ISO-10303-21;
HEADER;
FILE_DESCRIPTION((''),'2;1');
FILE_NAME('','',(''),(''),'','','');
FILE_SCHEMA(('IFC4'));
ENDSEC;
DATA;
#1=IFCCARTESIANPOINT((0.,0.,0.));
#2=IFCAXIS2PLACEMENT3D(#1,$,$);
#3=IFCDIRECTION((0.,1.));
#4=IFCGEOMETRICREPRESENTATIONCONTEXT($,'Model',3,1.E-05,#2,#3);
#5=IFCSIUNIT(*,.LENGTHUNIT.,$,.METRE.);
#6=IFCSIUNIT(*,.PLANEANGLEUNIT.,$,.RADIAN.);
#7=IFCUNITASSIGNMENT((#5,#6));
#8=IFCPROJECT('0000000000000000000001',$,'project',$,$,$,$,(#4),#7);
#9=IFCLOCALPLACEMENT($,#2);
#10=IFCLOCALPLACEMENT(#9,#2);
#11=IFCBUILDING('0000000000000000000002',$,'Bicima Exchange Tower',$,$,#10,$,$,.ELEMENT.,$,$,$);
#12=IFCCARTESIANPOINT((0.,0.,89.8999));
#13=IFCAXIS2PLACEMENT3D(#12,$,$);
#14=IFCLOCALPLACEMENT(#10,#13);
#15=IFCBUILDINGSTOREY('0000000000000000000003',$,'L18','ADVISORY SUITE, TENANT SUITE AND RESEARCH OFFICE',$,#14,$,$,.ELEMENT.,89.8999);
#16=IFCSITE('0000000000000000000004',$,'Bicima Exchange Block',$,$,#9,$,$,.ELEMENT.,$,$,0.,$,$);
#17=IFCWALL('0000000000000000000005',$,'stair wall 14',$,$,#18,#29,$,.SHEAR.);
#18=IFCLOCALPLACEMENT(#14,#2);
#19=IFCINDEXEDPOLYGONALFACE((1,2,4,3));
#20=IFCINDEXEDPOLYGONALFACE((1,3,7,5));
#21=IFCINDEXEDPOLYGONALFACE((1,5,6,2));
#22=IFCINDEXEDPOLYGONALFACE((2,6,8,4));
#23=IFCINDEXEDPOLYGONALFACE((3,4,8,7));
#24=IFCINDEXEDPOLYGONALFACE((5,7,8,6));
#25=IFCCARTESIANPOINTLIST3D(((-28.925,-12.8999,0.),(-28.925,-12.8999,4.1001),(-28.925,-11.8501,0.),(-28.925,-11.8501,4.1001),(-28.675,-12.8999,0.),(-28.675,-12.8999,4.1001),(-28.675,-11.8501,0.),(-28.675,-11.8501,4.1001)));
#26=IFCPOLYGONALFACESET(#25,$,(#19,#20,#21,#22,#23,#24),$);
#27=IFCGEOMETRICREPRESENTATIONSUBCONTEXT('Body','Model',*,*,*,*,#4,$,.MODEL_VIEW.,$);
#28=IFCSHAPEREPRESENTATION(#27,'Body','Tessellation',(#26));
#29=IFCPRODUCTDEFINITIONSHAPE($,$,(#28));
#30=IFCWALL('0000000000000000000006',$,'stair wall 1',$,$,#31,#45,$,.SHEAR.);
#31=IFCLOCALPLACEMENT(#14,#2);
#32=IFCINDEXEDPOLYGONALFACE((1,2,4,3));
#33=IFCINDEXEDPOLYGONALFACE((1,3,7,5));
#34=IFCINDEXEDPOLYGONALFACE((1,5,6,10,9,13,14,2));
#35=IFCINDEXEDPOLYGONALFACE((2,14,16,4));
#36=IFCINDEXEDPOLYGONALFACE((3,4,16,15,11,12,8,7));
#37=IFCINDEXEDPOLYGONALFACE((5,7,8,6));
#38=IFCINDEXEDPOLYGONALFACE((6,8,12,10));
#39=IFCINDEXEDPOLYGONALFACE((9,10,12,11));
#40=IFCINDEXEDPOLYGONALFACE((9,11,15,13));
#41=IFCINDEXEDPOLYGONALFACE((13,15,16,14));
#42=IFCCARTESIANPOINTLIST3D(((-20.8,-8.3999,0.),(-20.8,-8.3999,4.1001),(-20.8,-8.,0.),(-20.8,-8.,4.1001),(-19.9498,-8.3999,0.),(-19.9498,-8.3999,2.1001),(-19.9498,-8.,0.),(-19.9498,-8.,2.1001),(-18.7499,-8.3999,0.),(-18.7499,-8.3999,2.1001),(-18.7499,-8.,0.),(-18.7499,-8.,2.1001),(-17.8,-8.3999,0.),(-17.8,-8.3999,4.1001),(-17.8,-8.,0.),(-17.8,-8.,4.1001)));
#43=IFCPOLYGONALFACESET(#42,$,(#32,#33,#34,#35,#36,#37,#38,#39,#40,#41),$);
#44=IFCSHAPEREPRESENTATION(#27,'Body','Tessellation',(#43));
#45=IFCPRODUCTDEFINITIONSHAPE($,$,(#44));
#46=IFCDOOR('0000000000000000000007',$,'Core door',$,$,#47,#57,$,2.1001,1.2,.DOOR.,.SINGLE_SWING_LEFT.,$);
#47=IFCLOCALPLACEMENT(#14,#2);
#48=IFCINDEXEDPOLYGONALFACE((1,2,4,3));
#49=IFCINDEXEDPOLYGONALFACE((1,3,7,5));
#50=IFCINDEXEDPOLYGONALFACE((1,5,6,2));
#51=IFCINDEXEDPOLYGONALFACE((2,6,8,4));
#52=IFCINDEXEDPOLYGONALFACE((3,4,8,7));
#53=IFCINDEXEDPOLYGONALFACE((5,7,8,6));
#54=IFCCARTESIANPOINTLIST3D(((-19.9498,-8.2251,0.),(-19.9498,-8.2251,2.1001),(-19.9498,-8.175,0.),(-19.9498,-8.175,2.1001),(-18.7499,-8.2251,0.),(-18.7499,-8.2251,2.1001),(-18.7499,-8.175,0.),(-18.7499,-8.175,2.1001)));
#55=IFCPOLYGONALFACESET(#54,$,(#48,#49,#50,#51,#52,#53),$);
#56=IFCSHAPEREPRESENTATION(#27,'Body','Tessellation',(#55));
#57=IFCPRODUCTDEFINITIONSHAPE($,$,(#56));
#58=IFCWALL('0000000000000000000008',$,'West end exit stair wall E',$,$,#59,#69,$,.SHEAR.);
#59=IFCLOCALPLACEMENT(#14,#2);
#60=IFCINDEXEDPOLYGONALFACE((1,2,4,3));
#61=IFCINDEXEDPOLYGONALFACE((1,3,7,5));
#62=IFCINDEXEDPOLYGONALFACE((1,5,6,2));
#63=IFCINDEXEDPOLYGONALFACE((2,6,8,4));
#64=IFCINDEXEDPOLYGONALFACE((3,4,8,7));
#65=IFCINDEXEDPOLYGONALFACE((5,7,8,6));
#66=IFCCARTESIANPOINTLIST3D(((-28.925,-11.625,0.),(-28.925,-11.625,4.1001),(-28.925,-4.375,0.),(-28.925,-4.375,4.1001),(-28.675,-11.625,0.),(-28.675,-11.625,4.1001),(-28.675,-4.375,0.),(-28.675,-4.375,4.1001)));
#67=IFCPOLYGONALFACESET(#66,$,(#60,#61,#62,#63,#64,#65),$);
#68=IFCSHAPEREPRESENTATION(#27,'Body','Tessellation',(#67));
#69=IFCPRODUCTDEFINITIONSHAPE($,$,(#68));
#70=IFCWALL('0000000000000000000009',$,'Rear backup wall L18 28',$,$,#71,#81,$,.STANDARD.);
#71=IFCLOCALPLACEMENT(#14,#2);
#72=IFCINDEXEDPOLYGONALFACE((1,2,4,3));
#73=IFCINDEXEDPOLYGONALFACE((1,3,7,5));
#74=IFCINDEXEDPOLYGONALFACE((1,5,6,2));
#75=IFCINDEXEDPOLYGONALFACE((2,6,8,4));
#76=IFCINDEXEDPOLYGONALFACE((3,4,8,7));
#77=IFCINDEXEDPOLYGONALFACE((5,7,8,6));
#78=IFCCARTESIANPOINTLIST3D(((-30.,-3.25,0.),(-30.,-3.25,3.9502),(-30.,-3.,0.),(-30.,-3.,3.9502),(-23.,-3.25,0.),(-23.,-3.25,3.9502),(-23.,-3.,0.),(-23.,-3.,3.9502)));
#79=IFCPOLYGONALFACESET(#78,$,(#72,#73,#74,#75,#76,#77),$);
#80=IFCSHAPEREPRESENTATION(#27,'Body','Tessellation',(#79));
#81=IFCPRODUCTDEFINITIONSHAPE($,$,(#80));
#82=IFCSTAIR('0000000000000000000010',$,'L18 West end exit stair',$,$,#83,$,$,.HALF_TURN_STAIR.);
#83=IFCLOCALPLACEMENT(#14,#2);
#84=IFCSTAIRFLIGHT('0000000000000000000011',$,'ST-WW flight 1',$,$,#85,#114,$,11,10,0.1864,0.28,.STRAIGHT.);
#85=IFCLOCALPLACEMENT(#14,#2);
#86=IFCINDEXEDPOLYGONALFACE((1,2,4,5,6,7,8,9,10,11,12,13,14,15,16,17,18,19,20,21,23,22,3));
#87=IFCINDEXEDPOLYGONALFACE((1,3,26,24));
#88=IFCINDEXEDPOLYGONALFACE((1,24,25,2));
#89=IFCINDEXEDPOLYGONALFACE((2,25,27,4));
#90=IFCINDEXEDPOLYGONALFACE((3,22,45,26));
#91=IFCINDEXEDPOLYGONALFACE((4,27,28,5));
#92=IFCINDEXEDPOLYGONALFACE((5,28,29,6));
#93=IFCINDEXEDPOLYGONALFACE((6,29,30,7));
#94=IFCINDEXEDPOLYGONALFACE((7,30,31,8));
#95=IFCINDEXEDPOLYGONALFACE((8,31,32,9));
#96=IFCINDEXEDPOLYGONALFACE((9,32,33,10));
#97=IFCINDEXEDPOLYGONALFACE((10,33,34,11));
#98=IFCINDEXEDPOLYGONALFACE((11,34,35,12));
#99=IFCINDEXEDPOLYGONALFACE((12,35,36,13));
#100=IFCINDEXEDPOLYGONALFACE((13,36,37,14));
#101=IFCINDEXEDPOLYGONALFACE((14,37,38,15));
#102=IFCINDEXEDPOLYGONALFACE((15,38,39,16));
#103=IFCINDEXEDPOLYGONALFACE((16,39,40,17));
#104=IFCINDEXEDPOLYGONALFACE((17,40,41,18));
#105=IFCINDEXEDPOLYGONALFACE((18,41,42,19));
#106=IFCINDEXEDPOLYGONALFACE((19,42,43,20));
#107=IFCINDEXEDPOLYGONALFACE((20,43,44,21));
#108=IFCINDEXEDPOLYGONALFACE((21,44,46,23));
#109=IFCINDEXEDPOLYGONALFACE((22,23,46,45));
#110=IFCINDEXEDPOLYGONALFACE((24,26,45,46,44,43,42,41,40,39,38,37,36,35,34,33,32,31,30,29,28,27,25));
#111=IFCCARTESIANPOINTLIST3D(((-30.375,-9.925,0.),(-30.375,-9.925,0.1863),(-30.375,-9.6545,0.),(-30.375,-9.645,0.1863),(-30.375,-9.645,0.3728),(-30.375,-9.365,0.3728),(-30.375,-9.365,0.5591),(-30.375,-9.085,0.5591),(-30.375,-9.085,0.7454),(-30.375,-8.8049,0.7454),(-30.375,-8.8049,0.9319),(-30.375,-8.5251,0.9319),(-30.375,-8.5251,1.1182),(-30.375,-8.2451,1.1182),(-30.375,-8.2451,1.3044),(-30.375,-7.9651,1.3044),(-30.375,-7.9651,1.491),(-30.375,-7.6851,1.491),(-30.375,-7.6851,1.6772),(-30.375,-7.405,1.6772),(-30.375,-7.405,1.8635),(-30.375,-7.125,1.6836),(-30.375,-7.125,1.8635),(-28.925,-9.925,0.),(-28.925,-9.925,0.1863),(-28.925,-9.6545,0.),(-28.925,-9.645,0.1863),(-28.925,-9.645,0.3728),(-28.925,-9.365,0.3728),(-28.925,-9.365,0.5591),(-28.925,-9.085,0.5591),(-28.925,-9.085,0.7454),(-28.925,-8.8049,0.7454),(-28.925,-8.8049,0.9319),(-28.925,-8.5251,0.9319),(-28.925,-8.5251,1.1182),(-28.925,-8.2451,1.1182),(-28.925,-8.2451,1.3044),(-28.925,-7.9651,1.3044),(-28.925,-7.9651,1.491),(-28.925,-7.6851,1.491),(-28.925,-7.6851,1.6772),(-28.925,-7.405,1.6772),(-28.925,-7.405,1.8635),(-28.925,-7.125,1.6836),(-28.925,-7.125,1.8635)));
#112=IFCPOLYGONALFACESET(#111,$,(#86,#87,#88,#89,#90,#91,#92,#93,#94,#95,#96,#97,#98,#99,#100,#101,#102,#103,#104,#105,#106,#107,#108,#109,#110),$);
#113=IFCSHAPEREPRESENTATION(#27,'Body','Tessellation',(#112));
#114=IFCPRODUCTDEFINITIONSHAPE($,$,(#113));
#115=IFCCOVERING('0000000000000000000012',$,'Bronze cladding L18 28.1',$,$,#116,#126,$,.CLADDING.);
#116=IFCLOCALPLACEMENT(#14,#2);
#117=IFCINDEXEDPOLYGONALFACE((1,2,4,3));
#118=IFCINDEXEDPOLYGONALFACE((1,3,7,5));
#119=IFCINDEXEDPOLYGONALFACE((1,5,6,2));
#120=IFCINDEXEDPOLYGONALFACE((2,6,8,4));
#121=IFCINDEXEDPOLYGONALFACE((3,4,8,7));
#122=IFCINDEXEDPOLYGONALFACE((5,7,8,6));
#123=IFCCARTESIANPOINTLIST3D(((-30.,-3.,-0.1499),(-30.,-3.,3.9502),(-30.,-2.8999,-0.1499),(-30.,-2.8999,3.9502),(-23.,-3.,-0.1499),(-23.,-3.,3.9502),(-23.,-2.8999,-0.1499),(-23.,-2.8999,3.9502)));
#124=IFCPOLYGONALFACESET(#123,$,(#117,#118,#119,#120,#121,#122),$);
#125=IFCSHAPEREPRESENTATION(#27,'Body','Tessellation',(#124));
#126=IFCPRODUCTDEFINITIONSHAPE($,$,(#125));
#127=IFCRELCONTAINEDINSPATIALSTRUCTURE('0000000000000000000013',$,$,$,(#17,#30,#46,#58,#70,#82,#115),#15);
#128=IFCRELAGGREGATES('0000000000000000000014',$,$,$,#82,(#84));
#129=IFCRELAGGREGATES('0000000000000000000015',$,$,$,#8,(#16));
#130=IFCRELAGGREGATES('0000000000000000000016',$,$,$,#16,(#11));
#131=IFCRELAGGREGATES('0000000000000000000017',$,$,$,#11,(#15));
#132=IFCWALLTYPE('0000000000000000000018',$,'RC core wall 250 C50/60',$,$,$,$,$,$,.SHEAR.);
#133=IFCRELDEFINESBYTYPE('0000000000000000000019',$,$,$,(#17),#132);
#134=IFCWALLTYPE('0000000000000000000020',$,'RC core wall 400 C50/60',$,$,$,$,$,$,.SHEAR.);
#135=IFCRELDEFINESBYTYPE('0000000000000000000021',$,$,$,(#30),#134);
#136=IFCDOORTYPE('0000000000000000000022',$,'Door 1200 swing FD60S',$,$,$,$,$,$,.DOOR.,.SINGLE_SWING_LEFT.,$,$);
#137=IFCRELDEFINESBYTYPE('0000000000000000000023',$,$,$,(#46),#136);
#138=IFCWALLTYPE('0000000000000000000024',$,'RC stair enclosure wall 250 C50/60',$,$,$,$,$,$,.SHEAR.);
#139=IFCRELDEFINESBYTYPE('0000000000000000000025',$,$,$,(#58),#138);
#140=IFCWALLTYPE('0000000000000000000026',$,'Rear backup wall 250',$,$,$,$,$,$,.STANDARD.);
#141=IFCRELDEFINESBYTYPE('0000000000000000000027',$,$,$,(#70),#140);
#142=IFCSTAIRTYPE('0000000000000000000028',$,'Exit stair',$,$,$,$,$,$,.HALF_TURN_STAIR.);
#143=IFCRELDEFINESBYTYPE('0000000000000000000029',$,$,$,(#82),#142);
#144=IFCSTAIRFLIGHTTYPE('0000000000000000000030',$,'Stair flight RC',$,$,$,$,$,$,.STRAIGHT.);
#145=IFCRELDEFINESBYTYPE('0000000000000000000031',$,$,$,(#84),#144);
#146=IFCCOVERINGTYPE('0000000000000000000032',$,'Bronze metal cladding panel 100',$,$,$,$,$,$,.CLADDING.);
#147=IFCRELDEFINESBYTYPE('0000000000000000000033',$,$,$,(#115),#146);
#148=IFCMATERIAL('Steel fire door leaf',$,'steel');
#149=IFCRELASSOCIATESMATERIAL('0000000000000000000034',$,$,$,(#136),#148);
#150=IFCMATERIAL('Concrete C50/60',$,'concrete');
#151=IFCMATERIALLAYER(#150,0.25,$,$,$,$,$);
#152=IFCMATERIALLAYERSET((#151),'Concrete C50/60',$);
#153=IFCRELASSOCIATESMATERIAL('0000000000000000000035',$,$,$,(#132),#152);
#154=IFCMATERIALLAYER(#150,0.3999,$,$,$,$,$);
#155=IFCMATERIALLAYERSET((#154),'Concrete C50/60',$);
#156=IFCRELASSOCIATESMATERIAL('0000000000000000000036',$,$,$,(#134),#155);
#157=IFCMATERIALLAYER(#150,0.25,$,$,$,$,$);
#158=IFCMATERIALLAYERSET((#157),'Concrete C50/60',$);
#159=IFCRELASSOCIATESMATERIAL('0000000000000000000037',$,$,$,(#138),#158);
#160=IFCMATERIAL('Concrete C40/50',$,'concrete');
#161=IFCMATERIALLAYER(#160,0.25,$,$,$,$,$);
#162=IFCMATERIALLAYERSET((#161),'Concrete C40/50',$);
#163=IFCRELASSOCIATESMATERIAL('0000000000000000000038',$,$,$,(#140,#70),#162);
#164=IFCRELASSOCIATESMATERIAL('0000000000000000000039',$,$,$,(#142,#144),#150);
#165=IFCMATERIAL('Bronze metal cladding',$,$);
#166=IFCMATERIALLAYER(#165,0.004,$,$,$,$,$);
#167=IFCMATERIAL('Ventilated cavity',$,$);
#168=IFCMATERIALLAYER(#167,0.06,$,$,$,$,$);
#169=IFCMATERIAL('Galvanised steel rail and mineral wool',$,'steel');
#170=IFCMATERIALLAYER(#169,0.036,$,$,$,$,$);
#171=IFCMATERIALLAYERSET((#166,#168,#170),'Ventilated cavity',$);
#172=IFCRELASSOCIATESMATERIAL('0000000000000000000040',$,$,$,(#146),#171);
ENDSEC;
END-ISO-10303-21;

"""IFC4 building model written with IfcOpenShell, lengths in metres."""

from ifc_helpers import new_model, si_unit, direction, frame, frame_2d, origin, origin_2d, place, context, subcontext, project, spatial, polyline, rectangle, outline, extrude, material, layer, layer_set, layer_usage, type_object, element, fill, aggregate, save


model = new_model("IFC4")

# Units and contexts
model_context = context("Model", 3, precision=1e-05, world=origin(), true_north=direction((0.0, 1.0)))
body_context = subcontext(model_context, "Body", "Model", "MODEL_VIEW")
ifc_project = project(units=[si_unit("LENGTHUNIT", "METRE"), si_unit("PLANEANGLEUNIT", "RADIAN")], contexts=[model_context])

# Site, building, storey
site_placement = place(None, origin())
site = spatial("IfcSite", under=ifc_project, at=site_placement, Name="Bicima Exchange Block", CompositionType="ELEMENT", RefElevation=0.0)
building_placement = place(site_placement, origin())
building = spatial("IfcBuilding", under=site, at=building_placement, Name="Bicima Exchange Tower", CompositionType="ELEMENT")
storey_placement = place(building_placement, frame((0.0, 0.0, 89.8999)))
storey = spatial("IfcBuildingStorey", under=building, at=storey_placement, Name="L18", Description="ADVISORY SUITE, TENANT SUITE AND RESEARCH OFFICE", CompositionType="ELEMENT", Elevation=89.8999)

# Shared definitions
ifc_material_1 = material(Name="Steel fire door leaf", Category="steel")

# Shared definitions
door_type_1 = type_object("IfcDoorType", Name="Door 1200 swing FD60S", OperationType="SINGLE_SWING_LEFT", PredefinedType="DOOR", material=ifc_material_1)

# Wall
ifc_material_2 = material(Name="Concrete C50/60", Category="concrete")
ifc_layer_1 = layer(ifc_material_2, 0.25)
ifc_layer_set_1 = layer_set([ifc_layer_1], Name="Concrete C50/60")
wall_type_1 = type_object("IfcWallType", Name="RC core wall 250 C50/60", PredefinedType="SHEAR", material=ifc_layer_set_1)
wall_1_placement = place(storey_placement, frame((-28.8, -12.8999, 0.0), z_axis=(0.0, 0.0, 1.0), x_axis=(0.0, 1.0, 0.0)))
element("IfcWall", 1, at=wall_1_placement, inside=storey, type_object=wall_type_1, Name="stair wall 14", PredefinedType="SHEAR", context=body_context, shape_type="SweptSolid", body=[
    extrude(rectangle(XDim=1.0498, YDim=0.25, at=frame_2d((0.5249, 0.0))), origin(), (0.0, 0.0, 1.0), 4.1001),
])

# Wall, opening, door
ifc_layer_2 = layer(ifc_material_2, 0.3999)
ifc_layer_set_2 = layer_set([ifc_layer_2], Name="Concrete C50/60")
wall_type_2 = type_object("IfcWallType", Name="RC core wall 400 C50/60", PredefinedType="SHEAR", material=ifc_layer_set_2)
wall_2_placement = place(storey_placement, frame((-20.8, -8.2, 0.0), z_axis=(0.0, 0.0, 1.0), x_axis=(1.0, 0.0, 0.0)))
wall_2 = element("IfcWall", 2, at=wall_2_placement, inside=storey, type_object=wall_type_2, Name="stair wall 1", PredefinedType="SHEAR", context=body_context, shape_type="SweptSolid", body=[
    extrude(rectangle(XDim=3.0, YDim=0.3999, at=frame_2d((1.5, 0.0))), origin(), (0.0, 0.0, 1.0), 4.1001),
])
opening_1_placement = place(wall_2_placement, frame((0.8501, 0.0, 0.0)))
opening_1 = element("IfcOpeningElement", 3, at=opening_1_placement, cuts=wall_2, PredefinedType="OPENING", context=body_context, shape_type="SweptSolid", body=[
    extrude(rectangle(XDim=1.2, YDim=2.1001, at=frame_2d((0.6001, 1.05))), frame((0.0, 0.2119, 0.0), z_axis=(0.0, -1.0, 0.0), x_axis=(1.0, 0.0, 0.0)), (0.0, 0.0, 1.0), 0.4238),
])
door_1_placement = place(opening_1_placement, origin())
door_1 = element("IfcDoor", 4, at=door_1_placement, inside=storey, type_object=door_type_1, Name="Core door", OperationType="SINGLE_SWING_LEFT", OverallHeight=2.1001, OverallWidth=1.2, PredefinedType="DOOR", context=body_context, shape_type="SweptSolid", body=[
    extrude(rectangle(XDim=1.2, YDim=2.1001, at=frame_2d((0.6001, 1.05))), frame((0.0, 0.0249, 0.0), z_axis=(0.0, -1.0, 0.0), x_axis=(1.0, 0.0, 0.0)), (0.0, 0.0, 1.0), 0.05),
])
fill(opening_1, door_1)

# Walls
ifc_layer_3 = layer(ifc_material_2, 0.25)
ifc_layer_set_3 = layer_set([ifc_layer_3], Name="Concrete C50/60")
wall_type_3 = type_object("IfcWallType", Name="RC stair enclosure wall 250 C50/60", PredefinedType="SHEAR", material=ifc_layer_set_3)
wall_3_placement = place(storey_placement, frame((-28.8, -11.625, 0.0), z_axis=(0.0, 0.0, 1.0), x_axis=(0.0, 1.0, 0.0)))
element("IfcWall", 5, at=wall_3_placement, inside=storey, type_object=wall_type_3, Name="West end exit stair wall E", PredefinedType="SHEAR", context=body_context, shape_type="SweptSolid", body=[
    extrude(rectangle(XDim=7.25, YDim=0.25, at=frame_2d((3.625, 0.0))), origin(), (0.0, 0.0, 1.0), 4.1001),
])
ifc_material_3 = material(Name="Concrete C40/50", Category="concrete")
ifc_layer_4 = layer(ifc_material_3, 0.25)
ifc_layer_set_4 = layer_set([ifc_layer_4], Name="Concrete C40/50")
ifc_layer_usage = layer_usage(ifc_layer_set_4, "AXIS2", "POSITIVE", -0.125)
wall_type_4 = type_object("IfcWallType", Name="Rear backup wall 250", PredefinedType="STANDARD", material=ifc_layer_set_4)
wall_4_placement = place(storey_placement, frame((-23.0, -3.125, 0.0), z_axis=(0.0, 0.0, 1.0), x_axis=(-1.0, 0.0, 0.0)))
element("IfcWall", 6, at=wall_4_placement, inside=storey, type_object=wall_type_4, material=ifc_layer_usage, Name="Rear backup wall L18 28", PredefinedType="STANDARD", context=body_context, shape_type="SweptSolid", body=[
    extrude(rectangle(XDim=7.0, YDim=0.25, at=frame_2d((3.5, 0.0))), origin(), (0.0, 0.0, 1.0), 3.9502),
])

# Stair, stair flight
stair_type = type_object("IfcStairType", Name="Exit stair", PredefinedType="HALF_TURN_STAIR", material=ifc_material_2)
stair_placement = place(storey_placement, origin())
stair = element("IfcStair", 7, at=stair_placement, inside=storey, type_object=stair_type, Name="L18 West end exit stair", PredefinedType="HALF_TURN_STAIR")
stair_flight_type = type_object("IfcStairFlightType", Name="Stair flight RC", PredefinedType="STRAIGHT", material=ifc_material_2)
stair_flight_placement = place(storey_placement, frame((-29.6499, -9.925, 0.0), z_axis=(0.0, 0.0, 1.0), x_axis=(0.0, 1.0, 0.0)))
stair_flight = element("IfcStairFlight", 8, at=stair_flight_placement, type_object=stair_flight_type, Name="ST-WW flight 1", NumberOfRisers=11, NumberOfTreads=10, PredefinedType="STRAIGHT", RiserHeight=0.1864, TreadLength=0.28, context=body_context, shape_type="SweptSolid", body=[
    extrude(outline(polyline([(0.0, 0.0), (0.0, 0.1863), (0.28, 0.1863), (0.28, 0.3728), (0.5601, 0.3728), (0.5601, 0.5591), (0.8401, 0.5591), (0.8401, 0.7454), (1.1201, 0.7454), (1.1201, 0.9319), (1.3999, 0.9319), (1.3999, 1.1182), (1.6799, 1.1182), (1.6799, 1.3044), (1.96, 1.3044), (1.96, 1.491), (2.24, 1.491), (2.24, 1.6772), (2.52, 1.6772), (2.52, 1.8635), (2.8, 1.8635), (2.8, 2.05), (2.8, 1.6836), (0.2705, 0.0), (0.0, 0.0)])), frame((0.0, 0.7251, 0.0), z_axis=(0.0, -1.0, 0.0), x_axis=(1.0, 0.0, 0.0)), (0.0, 0.0, 1.0), 1.45),
])
aggregate(stair, [stair_flight])

# Covering
ifc_material_4 = material(Name="Bronze metal cladding")
ifc_layer_5 = layer(ifc_material_4, 0.004)
ifc_material_5 = material(Name="Ventilated cavity")
ifc_layer_6 = layer(ifc_material_5, 0.06)
ifc_material_6 = material(Name="Galvanised steel rail and mineral wool", Category="steel")
ifc_layer_7 = layer(ifc_material_6, 0.036)
ifc_layer_set_5 = layer_set([ifc_layer_5, ifc_layer_6, ifc_layer_7], Name="Ventilated cavity")
covering_type = type_object("IfcCoveringType", Name="Bronze metal cladding panel 100", PredefinedType="CLADDING", material=ifc_layer_set_5)
covering_placement = place(storey_placement, frame((-26.5, -2.95, -0.1499), z_axis=(0.0, 0.0, 1.0), x_axis=(-1.0, 0.0, 0.0)))
element("IfcCovering", 9, at=covering_placement, inside=storey, type_object=covering_type, Name="Bronze cladding L18 28.1", PredefinedType="CLADDING", context=body_context, shape_type="SweptSolid", body=[
    extrude(rectangle(XDim=7.0, YDim=0.1001, at=origin_2d()), origin(), (0.0, 0.0, 1.0), 4.1001),
])

save(model, "model.ifc")
